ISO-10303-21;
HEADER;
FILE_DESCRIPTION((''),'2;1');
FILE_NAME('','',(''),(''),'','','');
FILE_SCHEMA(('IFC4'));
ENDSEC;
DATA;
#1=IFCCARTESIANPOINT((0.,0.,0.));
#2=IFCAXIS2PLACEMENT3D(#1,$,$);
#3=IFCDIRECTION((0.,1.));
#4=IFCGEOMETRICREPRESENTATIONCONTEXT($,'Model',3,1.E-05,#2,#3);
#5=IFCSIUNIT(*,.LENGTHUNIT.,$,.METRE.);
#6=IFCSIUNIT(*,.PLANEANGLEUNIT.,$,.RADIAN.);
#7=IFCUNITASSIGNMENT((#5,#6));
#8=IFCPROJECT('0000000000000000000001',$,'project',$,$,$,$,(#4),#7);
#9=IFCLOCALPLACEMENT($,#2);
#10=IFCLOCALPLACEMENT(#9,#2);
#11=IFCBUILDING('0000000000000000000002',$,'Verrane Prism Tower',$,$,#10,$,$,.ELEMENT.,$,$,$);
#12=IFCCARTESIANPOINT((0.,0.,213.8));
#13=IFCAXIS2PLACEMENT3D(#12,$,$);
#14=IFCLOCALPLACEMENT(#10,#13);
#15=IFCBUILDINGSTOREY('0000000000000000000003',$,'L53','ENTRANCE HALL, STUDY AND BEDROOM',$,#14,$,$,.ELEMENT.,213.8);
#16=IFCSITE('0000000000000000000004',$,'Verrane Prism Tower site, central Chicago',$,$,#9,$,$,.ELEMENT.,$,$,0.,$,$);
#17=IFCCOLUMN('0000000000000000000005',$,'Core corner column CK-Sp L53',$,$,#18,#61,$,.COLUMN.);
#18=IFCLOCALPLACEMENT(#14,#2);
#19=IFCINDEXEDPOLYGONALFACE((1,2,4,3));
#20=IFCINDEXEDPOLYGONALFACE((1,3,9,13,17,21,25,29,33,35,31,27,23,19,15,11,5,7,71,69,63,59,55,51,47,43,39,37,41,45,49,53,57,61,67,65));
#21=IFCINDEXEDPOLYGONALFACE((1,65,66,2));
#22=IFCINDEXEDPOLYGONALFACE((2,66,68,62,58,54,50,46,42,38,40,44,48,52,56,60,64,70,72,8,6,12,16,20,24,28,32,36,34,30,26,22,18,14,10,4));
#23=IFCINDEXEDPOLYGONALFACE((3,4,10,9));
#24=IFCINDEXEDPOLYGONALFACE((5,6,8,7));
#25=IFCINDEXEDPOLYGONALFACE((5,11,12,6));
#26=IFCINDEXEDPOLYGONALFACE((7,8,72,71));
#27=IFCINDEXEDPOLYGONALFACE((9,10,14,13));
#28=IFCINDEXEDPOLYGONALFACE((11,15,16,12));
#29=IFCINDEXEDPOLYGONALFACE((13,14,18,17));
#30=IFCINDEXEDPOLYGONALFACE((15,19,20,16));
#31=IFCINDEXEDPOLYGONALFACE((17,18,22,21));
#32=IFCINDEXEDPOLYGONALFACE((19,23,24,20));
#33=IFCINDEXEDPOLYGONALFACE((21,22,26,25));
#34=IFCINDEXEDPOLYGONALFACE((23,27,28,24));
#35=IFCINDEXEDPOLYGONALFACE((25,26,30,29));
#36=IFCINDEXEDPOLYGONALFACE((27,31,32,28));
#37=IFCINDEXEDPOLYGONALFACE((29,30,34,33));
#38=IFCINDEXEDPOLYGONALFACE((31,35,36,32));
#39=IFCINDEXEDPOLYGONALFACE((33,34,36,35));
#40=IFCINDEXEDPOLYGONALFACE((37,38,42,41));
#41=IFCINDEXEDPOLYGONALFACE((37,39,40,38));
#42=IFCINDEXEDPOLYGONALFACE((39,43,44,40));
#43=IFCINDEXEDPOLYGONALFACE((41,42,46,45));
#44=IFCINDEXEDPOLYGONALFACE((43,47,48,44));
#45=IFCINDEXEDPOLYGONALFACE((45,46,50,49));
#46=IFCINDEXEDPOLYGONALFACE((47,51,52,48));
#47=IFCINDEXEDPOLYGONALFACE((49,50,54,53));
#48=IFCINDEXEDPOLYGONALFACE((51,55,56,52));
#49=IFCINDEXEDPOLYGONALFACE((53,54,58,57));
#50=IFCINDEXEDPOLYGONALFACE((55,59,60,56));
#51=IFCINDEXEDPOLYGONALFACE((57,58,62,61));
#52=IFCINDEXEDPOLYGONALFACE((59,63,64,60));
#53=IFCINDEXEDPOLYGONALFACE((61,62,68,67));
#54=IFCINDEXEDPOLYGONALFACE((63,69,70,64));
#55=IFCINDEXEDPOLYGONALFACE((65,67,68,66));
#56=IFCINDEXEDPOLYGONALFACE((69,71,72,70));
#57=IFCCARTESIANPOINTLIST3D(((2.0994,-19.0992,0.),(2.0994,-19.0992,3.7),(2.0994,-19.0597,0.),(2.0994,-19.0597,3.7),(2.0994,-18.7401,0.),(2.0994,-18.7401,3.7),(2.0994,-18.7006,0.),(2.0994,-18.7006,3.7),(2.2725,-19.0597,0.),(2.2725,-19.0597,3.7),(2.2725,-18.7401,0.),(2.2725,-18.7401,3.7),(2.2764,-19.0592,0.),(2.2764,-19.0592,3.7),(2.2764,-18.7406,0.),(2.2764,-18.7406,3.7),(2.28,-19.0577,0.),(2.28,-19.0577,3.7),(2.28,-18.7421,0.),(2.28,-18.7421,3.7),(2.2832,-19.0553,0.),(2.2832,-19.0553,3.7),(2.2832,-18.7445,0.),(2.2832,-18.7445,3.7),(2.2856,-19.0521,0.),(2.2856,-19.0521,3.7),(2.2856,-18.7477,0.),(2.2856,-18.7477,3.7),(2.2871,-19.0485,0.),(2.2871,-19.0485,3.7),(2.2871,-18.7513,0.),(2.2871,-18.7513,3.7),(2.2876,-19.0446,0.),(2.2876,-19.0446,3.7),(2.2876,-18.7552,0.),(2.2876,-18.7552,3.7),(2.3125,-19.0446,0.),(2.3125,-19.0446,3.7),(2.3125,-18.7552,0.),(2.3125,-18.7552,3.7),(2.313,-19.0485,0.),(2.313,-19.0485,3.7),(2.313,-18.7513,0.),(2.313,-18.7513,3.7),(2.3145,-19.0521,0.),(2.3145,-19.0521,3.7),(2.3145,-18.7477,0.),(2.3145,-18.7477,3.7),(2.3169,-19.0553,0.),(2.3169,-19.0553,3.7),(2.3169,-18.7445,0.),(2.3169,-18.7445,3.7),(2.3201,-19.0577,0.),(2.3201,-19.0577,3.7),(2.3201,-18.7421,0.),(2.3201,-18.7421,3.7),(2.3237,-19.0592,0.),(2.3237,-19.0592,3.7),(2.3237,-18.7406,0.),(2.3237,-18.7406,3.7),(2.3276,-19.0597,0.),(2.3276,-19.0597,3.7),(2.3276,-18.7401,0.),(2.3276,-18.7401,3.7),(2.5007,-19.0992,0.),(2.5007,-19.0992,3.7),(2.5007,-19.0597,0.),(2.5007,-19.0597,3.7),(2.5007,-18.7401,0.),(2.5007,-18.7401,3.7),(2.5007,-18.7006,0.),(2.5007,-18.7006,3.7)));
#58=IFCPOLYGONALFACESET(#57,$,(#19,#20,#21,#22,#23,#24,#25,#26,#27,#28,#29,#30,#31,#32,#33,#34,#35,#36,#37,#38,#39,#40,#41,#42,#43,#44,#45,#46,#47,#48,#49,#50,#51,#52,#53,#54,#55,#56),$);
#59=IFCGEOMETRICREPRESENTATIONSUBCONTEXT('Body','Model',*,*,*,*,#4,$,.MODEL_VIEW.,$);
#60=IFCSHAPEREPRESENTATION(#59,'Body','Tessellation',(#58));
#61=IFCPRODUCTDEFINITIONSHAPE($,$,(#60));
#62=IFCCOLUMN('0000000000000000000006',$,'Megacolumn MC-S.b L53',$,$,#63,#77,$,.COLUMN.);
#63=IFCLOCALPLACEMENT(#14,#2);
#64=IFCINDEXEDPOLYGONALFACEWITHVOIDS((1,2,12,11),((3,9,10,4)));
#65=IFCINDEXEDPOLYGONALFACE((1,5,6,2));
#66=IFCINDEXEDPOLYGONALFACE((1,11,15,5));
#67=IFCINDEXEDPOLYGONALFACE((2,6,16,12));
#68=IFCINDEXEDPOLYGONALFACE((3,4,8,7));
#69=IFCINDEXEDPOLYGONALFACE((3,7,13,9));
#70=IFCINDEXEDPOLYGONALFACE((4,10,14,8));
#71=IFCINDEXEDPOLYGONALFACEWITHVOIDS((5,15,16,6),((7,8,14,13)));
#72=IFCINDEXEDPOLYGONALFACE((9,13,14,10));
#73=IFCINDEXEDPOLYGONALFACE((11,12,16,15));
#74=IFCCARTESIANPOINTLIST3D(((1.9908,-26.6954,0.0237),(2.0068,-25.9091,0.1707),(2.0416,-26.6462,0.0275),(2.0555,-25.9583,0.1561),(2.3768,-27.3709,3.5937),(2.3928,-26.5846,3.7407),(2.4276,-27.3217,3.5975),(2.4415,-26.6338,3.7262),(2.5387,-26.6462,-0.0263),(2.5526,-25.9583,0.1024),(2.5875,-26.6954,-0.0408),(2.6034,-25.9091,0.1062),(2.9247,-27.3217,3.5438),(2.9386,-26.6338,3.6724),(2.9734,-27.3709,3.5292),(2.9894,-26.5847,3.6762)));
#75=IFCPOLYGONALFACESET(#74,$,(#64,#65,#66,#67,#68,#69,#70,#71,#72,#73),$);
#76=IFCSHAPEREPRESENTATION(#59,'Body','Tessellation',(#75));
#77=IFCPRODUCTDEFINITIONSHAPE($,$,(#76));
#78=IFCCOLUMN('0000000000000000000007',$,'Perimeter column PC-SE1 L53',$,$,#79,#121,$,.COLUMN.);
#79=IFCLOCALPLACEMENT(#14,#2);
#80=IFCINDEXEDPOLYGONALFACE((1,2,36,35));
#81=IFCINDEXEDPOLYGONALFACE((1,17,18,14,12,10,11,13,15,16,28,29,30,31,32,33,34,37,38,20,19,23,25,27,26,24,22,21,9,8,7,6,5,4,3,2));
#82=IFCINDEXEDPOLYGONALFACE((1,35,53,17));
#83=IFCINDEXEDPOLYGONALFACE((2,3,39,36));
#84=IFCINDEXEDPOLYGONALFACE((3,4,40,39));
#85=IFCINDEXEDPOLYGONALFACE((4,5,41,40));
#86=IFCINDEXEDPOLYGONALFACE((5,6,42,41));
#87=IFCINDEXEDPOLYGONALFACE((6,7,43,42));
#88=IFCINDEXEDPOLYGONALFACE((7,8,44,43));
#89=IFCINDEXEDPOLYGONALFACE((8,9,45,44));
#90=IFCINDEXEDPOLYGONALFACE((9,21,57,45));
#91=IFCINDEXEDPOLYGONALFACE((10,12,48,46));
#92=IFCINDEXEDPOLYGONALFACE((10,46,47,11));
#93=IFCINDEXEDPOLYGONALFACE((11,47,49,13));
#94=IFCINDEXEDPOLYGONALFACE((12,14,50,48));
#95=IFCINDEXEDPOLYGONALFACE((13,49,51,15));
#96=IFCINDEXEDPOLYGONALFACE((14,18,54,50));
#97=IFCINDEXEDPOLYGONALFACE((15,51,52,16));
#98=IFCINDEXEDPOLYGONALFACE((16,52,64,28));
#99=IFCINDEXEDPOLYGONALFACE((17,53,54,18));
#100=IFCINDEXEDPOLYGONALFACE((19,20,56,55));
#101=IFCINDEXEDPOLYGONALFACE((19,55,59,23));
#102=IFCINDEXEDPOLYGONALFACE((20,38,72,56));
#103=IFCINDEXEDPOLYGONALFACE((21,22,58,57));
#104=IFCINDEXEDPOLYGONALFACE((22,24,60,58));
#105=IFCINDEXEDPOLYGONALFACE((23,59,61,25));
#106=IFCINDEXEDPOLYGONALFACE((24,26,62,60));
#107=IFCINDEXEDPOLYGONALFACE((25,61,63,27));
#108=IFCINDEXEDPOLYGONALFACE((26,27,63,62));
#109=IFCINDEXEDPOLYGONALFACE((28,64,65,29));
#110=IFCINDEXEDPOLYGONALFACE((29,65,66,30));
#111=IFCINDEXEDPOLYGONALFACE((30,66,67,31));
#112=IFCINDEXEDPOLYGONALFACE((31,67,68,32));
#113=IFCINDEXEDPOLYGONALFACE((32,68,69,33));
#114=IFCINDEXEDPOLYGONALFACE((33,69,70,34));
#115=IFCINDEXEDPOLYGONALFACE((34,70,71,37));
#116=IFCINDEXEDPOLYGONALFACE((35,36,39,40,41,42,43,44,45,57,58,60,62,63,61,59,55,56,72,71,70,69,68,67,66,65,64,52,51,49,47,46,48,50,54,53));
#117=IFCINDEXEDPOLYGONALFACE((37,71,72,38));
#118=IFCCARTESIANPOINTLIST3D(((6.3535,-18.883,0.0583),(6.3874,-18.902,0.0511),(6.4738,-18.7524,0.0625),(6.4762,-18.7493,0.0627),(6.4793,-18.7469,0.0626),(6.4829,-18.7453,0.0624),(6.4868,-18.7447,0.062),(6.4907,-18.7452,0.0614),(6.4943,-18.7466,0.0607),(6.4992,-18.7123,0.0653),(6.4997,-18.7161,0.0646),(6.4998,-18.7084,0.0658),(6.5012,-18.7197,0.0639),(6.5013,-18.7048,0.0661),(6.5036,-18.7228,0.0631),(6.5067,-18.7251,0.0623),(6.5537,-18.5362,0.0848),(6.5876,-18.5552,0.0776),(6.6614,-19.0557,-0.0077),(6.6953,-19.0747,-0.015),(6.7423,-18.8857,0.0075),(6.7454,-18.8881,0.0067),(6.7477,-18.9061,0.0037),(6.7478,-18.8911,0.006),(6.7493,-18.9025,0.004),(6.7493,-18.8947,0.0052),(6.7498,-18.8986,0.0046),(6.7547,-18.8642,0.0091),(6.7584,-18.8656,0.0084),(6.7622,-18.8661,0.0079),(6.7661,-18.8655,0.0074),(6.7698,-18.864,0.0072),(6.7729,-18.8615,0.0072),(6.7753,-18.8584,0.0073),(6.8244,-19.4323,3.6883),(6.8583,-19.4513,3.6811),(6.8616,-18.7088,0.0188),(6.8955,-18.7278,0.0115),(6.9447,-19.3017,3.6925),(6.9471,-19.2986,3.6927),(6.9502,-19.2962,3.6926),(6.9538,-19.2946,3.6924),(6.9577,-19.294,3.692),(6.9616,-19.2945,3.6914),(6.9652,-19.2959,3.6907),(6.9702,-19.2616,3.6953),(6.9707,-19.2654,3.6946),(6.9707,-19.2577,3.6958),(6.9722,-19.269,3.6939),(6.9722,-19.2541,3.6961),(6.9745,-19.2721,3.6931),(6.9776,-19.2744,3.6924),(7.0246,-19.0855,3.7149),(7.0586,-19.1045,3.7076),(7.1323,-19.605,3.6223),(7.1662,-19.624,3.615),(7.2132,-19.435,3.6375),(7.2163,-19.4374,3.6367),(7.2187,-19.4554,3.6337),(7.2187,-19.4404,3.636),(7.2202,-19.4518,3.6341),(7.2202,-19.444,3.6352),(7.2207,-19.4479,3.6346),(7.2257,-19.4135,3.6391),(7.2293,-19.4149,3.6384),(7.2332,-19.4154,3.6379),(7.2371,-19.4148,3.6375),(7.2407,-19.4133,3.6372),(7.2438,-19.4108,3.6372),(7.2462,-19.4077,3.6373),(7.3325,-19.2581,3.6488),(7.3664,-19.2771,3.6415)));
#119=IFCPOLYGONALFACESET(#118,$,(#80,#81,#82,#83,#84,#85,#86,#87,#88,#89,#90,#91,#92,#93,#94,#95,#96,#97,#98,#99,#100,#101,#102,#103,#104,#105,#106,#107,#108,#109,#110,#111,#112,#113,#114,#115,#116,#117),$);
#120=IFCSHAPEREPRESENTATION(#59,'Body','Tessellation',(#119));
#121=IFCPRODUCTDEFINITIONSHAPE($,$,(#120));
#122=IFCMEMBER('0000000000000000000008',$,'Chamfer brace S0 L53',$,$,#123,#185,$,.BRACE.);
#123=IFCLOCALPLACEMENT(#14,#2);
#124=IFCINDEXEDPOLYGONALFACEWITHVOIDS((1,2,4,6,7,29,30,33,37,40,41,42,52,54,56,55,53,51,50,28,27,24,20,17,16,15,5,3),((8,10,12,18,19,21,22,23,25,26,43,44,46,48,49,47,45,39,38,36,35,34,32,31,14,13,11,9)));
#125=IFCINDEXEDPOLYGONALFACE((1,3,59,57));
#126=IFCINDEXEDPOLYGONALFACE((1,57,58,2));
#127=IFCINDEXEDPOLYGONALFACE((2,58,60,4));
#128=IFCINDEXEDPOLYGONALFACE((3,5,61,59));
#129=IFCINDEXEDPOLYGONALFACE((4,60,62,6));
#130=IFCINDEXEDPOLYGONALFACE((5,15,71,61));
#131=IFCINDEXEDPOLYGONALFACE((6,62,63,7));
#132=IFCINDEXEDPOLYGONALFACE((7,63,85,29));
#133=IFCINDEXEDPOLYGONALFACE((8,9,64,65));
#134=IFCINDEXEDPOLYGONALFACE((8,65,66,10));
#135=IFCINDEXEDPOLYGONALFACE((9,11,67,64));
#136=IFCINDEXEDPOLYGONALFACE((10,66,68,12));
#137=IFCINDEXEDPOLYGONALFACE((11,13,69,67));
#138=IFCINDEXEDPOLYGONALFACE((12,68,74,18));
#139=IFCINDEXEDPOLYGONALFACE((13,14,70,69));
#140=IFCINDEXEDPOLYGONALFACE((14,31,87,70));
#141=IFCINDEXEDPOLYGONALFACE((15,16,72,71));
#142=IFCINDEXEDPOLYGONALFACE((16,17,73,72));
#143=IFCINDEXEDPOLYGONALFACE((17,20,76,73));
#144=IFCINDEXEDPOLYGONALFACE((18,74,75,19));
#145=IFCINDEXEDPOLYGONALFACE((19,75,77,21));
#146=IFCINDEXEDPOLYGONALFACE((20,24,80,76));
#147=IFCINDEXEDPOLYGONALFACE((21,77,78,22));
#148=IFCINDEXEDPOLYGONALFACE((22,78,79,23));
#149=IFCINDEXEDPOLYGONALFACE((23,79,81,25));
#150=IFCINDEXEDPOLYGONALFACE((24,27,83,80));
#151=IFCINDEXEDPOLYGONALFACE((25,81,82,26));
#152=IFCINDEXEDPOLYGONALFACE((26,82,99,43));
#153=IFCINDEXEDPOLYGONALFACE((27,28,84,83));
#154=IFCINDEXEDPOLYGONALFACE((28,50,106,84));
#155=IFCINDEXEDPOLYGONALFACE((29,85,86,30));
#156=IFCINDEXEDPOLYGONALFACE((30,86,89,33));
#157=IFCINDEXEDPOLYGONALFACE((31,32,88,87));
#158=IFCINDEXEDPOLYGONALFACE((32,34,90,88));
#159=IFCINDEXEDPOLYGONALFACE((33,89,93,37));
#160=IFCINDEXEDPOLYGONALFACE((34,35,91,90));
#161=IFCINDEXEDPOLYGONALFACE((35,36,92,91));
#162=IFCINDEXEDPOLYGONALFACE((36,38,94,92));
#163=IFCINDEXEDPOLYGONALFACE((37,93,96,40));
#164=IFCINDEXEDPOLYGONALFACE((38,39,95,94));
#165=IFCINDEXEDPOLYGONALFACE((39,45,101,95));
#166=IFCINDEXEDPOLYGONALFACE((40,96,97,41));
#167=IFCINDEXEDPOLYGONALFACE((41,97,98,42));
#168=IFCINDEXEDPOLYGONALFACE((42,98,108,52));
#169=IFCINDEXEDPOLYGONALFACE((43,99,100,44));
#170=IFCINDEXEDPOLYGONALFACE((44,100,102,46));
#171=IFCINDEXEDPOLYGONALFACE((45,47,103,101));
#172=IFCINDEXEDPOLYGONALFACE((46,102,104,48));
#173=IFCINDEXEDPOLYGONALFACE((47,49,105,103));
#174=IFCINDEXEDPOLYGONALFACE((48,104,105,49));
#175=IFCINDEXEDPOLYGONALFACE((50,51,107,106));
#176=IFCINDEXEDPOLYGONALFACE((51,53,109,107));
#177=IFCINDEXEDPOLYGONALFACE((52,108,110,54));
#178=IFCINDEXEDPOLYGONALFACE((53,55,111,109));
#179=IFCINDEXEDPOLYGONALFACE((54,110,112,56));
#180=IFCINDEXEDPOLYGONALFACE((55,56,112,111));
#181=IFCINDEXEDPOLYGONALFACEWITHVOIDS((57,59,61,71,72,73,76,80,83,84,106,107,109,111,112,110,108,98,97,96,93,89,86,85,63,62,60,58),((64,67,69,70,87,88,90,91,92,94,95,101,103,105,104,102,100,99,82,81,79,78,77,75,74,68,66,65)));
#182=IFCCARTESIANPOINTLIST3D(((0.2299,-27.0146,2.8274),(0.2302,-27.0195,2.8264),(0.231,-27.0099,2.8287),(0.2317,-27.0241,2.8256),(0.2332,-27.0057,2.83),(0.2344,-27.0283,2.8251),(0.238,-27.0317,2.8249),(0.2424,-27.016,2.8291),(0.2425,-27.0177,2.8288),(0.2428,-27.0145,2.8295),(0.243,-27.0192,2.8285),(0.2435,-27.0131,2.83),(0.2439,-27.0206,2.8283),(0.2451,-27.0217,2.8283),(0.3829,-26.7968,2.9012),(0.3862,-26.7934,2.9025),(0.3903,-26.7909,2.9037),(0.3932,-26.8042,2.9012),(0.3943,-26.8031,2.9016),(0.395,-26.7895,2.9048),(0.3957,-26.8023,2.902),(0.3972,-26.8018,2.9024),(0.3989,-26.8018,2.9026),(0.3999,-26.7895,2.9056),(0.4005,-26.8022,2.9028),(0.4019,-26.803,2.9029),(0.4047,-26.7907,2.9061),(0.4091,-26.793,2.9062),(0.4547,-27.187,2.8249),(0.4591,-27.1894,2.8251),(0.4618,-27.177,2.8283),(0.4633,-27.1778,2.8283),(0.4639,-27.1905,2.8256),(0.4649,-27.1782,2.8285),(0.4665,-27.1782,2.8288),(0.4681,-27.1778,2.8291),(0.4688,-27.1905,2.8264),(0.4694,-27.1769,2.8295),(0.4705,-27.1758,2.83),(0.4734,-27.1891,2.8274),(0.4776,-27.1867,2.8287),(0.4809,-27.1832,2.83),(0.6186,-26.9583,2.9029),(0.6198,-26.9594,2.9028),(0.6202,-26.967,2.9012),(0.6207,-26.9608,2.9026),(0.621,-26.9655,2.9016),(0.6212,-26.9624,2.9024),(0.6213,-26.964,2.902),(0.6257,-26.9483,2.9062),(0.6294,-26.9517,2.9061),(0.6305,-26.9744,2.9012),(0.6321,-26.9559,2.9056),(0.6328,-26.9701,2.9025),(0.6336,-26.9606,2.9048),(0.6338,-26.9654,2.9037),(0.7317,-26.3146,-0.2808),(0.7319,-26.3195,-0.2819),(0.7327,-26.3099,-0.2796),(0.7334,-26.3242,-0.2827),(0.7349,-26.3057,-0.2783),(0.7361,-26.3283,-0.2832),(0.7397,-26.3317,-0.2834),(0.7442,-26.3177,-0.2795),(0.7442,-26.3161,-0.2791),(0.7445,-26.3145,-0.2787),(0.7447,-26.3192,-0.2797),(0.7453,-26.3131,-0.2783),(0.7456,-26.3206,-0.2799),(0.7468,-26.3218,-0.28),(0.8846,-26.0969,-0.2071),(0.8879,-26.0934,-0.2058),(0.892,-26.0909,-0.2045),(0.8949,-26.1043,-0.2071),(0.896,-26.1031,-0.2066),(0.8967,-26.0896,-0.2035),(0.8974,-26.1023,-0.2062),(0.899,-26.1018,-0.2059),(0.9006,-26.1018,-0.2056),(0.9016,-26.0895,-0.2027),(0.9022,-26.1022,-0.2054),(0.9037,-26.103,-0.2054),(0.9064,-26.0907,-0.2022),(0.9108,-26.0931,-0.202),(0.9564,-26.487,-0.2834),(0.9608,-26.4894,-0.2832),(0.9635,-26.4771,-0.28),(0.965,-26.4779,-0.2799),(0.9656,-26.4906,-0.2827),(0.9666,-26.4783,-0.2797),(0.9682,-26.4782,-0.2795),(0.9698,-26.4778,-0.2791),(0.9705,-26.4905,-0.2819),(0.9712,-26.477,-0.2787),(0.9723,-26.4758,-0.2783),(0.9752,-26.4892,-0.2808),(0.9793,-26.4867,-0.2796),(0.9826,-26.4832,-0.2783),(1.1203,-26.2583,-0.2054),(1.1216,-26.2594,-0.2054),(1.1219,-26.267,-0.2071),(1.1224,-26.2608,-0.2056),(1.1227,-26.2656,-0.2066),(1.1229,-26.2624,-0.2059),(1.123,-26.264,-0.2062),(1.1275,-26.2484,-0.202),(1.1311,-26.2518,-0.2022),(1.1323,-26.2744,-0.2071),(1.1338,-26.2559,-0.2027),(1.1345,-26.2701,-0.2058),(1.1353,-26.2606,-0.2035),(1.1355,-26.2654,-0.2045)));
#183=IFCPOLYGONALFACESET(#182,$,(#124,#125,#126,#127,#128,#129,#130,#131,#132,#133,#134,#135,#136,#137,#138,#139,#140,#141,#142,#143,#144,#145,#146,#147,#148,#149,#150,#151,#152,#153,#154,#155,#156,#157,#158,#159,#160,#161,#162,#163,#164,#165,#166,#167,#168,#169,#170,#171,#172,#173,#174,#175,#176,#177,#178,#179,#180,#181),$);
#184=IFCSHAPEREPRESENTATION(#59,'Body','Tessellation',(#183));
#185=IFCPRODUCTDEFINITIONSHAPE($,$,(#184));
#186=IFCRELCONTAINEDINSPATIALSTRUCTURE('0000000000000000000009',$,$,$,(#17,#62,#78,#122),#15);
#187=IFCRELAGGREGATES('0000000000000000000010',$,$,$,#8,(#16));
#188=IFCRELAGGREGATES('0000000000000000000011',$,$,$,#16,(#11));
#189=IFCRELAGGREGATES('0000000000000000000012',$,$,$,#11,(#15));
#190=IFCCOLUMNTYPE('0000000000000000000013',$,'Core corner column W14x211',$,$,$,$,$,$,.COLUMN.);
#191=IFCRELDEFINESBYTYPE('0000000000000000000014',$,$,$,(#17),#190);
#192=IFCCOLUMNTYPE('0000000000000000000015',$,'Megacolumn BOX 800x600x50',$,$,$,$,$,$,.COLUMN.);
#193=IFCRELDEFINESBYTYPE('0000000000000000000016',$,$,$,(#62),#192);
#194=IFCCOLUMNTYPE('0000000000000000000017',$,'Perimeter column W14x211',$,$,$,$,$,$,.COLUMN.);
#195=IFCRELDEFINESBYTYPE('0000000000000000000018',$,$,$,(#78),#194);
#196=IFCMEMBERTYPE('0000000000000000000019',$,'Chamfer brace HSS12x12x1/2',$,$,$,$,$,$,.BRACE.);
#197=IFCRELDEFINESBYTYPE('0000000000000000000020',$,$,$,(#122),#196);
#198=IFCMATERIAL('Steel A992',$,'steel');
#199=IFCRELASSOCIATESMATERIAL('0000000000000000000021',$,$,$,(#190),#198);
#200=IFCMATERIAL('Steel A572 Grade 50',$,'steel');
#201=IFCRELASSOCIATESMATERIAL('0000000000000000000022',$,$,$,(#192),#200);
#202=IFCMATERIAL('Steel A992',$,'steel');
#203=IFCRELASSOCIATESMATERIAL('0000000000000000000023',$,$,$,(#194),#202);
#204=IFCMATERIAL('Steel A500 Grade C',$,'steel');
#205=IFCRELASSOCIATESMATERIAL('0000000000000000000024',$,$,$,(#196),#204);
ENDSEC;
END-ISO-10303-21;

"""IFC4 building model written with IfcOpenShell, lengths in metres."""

from ifc_helpers import new_model, si_unit, direction, frame, origin, origin_2d, place, context, subcontext, project, spatial, hollow_rectangle, i_section, extrude, material, material_profile, profile_set, type_object, element, save


model = new_model("IFC4")

# Units and contexts
model_context = context("Model", 3, precision=1e-05, world=origin(), true_north=direction((0.0, 1.0)))
body_context = subcontext(model_context, "Body", "Model", "MODEL_VIEW")
ifc_project = project(units=[si_unit("LENGTHUNIT", "METRE"), si_unit("PLANEANGLEUNIT", "RADIAN")], contexts=[model_context])

# Site, building, storey
site_placement = place(None, origin())
site = spatial("IfcSite", under=ifc_project, at=site_placement, Name="Verrane Prism Tower site, central Chicago", CompositionType="ELEMENT", RefElevation=0.0)
building_placement = place(site_placement, origin())
building = spatial("IfcBuilding", under=site, at=building_placement, Name="Verrane Prism Tower", CompositionType="ELEMENT")
storey_placement = place(building_placement, frame((0.0, 0.0, 213.8)))
storey = spatial("IfcBuildingStorey", under=building, at=storey_placement, Name="L53", Description="ENTRANCE HALL, STUDY AND BEDROOM", CompositionType="ELEMENT", Elevation=213.8)

# Columns
ifc_material_1 = material(Name="Steel A992", Category="steel")
ifc_material_profile_1 = material_profile(ifc_material_1, i_section(OverallWidth=0.4014, OverallDepth=0.3987, WebThickness=0.0249, FlangeThickness=0.0396, FilletRadius=0.0151, at=origin_2d()), Name="W14x211")
ifc_profile_set_1 = profile_set([ifc_material_profile_1], Name="Steel A992")
column_type_1 = type_object("IfcColumnType", Name="Core corner column W14x211", PredefinedType="COLUMN", material=ifc_profile_set_1)
column_1_placement = place(storey_placement, frame((2.3, -18.8999, 0.0), z_axis=(0.0, 0.0, 1.0), x_axis=(-1.0, 0.0, 0.0)))
element("IfcColumn", 1, at=column_1_placement, inside=storey, type_object=column_type_1, Name="Core corner column CK-Sp L53", PredefinedType="COLUMN", context=body_context, shape_type="SweptSolid", body=[
    extrude(i_section(OverallWidth=0.4014, OverallDepth=0.3987, WebThickness=0.0249, FlangeThickness=0.0396, FilletRadius=0.0151, at=origin_2d()), origin(), (0.0, 0.0, 1.0), 3.7),
])
ifc_material_2 = material(Name="Steel A572 Grade 50", Category="steel")
ifc_material_profile_2 = material_profile(ifc_material_2, hollow_rectangle(XDim=0.6001, YDim=0.8, WallThickness=0.05, at=origin_2d()), Name="BOX 800x600x50")
ifc_profile_set_2 = profile_set([ifc_material_profile_2], Name="Steel A572 Grade 50")
column_type_2 = type_object("IfcColumnType", Name="Megacolumn BOX 800x600x50", PredefinedType="COLUMN", material=ifc_profile_set_2)
column_2_placement = place(storey_placement, frame((2.2971, -26.3022, 0.0649), z_axis=(0.105638, -0.184883, 0.977067), x_axis=(-0.994205, 0.000036, 0.107498)))
element("IfcColumn", 2, at=column_2_placement, inside=storey, type_object=column_type_2, Name="Megacolumn MC-S.b L53", PredefinedType="COLUMN", context=body_context, shape_type="SweptSolid", body=[
    extrude(hollow_rectangle(XDim=0.6001, YDim=0.8, WallThickness=0.05, at=origin_2d()), origin(), (0.0, 0.0, 1.0), 3.6538),
])
ifc_material_3 = material(Name="Steel A992", Category="steel")
ifc_material_profile_3 = material_profile(ifc_material_3, i_section(OverallWidth=0.4014, OverallDepth=0.3987, WebThickness=0.0249, FlangeThickness=0.0396, FilletRadius=0.0151, at=origin_2d()), Name="W14x211")
ifc_profile_set_3 = profile_set([ifc_material_profile_3], Name="Steel A992")
column_type_3 = type_object("IfcColumnType", Name="Perimeter column W14x211", PredefinedType="COLUMN", material=ifc_profile_set_3)
column_3_placement = place(storey_placement, frame((6.6245, -18.8054, 0.0349), z_axis=(0.12723, -0.148402, 0.980709), x_axis=(-0.498812, -0.864189, -0.066058)))
element("IfcColumn", 3, at=column_3_placement, inside=storey, type_object=column_type_3, Name="Perimeter column PC-SE1 L53", PredefinedType="COLUMN", context=body_context, shape_type="SweptSolid", body=[
    extrude(i_section(OverallWidth=0.4014, OverallDepth=0.3987, WebThickness=0.0249, FlangeThickness=0.0396, FilletRadius=0.0151, at=origin_2d()), origin(), (0.0, 0.0, 1.0), 3.7014),
])

# Member
ifc_material_4 = material(Name="Steel A500 Grade C", Category="steel")
ifc_material_profile_4 = material_profile(ifc_material_4, hollow_rectangle(XDim=0.3047, YDim=0.3047, WallThickness=0.0127, InnerFilletRadius=0.0063, OuterFilletRadius=0.019, at=origin_2d()), Name="HSS12x12x1/2")
ifc_profile_set_4 = profile_set([ifc_material_profile_4], Name="Steel A500 Grade C")
member_type_1 = type_object("IfcMemberType", Name="Chamfer brace HSS12x12x1/2", PredefinedType="BRACE", material=ifc_profile_set_4)
member_1_placement = place(storey_placement, frame((0.9336, -26.29, -0.2427), z_axis=(-0.155556, -0.217022, 0.963693), x_axis=(0.812775, -0.582578, 0.0)))
element("IfcMember", 4, at=member_1_placement, inside=storey, type_object=member_type_1, Name="Chamfer brace S0 L53", PredefinedType="BRACE", context=body_context, shape_type="SweptSolid", body=[
    extrude(hollow_rectangle(XDim=0.3047, YDim=0.3047, WallThickness=0.0127, InnerFilletRadius=0.0063, OuterFilletRadius=0.019, at=origin_2d()), origin(), (0.0, 0.0, 1.0), 3.2253),
])

save(model, "model.ifc")
